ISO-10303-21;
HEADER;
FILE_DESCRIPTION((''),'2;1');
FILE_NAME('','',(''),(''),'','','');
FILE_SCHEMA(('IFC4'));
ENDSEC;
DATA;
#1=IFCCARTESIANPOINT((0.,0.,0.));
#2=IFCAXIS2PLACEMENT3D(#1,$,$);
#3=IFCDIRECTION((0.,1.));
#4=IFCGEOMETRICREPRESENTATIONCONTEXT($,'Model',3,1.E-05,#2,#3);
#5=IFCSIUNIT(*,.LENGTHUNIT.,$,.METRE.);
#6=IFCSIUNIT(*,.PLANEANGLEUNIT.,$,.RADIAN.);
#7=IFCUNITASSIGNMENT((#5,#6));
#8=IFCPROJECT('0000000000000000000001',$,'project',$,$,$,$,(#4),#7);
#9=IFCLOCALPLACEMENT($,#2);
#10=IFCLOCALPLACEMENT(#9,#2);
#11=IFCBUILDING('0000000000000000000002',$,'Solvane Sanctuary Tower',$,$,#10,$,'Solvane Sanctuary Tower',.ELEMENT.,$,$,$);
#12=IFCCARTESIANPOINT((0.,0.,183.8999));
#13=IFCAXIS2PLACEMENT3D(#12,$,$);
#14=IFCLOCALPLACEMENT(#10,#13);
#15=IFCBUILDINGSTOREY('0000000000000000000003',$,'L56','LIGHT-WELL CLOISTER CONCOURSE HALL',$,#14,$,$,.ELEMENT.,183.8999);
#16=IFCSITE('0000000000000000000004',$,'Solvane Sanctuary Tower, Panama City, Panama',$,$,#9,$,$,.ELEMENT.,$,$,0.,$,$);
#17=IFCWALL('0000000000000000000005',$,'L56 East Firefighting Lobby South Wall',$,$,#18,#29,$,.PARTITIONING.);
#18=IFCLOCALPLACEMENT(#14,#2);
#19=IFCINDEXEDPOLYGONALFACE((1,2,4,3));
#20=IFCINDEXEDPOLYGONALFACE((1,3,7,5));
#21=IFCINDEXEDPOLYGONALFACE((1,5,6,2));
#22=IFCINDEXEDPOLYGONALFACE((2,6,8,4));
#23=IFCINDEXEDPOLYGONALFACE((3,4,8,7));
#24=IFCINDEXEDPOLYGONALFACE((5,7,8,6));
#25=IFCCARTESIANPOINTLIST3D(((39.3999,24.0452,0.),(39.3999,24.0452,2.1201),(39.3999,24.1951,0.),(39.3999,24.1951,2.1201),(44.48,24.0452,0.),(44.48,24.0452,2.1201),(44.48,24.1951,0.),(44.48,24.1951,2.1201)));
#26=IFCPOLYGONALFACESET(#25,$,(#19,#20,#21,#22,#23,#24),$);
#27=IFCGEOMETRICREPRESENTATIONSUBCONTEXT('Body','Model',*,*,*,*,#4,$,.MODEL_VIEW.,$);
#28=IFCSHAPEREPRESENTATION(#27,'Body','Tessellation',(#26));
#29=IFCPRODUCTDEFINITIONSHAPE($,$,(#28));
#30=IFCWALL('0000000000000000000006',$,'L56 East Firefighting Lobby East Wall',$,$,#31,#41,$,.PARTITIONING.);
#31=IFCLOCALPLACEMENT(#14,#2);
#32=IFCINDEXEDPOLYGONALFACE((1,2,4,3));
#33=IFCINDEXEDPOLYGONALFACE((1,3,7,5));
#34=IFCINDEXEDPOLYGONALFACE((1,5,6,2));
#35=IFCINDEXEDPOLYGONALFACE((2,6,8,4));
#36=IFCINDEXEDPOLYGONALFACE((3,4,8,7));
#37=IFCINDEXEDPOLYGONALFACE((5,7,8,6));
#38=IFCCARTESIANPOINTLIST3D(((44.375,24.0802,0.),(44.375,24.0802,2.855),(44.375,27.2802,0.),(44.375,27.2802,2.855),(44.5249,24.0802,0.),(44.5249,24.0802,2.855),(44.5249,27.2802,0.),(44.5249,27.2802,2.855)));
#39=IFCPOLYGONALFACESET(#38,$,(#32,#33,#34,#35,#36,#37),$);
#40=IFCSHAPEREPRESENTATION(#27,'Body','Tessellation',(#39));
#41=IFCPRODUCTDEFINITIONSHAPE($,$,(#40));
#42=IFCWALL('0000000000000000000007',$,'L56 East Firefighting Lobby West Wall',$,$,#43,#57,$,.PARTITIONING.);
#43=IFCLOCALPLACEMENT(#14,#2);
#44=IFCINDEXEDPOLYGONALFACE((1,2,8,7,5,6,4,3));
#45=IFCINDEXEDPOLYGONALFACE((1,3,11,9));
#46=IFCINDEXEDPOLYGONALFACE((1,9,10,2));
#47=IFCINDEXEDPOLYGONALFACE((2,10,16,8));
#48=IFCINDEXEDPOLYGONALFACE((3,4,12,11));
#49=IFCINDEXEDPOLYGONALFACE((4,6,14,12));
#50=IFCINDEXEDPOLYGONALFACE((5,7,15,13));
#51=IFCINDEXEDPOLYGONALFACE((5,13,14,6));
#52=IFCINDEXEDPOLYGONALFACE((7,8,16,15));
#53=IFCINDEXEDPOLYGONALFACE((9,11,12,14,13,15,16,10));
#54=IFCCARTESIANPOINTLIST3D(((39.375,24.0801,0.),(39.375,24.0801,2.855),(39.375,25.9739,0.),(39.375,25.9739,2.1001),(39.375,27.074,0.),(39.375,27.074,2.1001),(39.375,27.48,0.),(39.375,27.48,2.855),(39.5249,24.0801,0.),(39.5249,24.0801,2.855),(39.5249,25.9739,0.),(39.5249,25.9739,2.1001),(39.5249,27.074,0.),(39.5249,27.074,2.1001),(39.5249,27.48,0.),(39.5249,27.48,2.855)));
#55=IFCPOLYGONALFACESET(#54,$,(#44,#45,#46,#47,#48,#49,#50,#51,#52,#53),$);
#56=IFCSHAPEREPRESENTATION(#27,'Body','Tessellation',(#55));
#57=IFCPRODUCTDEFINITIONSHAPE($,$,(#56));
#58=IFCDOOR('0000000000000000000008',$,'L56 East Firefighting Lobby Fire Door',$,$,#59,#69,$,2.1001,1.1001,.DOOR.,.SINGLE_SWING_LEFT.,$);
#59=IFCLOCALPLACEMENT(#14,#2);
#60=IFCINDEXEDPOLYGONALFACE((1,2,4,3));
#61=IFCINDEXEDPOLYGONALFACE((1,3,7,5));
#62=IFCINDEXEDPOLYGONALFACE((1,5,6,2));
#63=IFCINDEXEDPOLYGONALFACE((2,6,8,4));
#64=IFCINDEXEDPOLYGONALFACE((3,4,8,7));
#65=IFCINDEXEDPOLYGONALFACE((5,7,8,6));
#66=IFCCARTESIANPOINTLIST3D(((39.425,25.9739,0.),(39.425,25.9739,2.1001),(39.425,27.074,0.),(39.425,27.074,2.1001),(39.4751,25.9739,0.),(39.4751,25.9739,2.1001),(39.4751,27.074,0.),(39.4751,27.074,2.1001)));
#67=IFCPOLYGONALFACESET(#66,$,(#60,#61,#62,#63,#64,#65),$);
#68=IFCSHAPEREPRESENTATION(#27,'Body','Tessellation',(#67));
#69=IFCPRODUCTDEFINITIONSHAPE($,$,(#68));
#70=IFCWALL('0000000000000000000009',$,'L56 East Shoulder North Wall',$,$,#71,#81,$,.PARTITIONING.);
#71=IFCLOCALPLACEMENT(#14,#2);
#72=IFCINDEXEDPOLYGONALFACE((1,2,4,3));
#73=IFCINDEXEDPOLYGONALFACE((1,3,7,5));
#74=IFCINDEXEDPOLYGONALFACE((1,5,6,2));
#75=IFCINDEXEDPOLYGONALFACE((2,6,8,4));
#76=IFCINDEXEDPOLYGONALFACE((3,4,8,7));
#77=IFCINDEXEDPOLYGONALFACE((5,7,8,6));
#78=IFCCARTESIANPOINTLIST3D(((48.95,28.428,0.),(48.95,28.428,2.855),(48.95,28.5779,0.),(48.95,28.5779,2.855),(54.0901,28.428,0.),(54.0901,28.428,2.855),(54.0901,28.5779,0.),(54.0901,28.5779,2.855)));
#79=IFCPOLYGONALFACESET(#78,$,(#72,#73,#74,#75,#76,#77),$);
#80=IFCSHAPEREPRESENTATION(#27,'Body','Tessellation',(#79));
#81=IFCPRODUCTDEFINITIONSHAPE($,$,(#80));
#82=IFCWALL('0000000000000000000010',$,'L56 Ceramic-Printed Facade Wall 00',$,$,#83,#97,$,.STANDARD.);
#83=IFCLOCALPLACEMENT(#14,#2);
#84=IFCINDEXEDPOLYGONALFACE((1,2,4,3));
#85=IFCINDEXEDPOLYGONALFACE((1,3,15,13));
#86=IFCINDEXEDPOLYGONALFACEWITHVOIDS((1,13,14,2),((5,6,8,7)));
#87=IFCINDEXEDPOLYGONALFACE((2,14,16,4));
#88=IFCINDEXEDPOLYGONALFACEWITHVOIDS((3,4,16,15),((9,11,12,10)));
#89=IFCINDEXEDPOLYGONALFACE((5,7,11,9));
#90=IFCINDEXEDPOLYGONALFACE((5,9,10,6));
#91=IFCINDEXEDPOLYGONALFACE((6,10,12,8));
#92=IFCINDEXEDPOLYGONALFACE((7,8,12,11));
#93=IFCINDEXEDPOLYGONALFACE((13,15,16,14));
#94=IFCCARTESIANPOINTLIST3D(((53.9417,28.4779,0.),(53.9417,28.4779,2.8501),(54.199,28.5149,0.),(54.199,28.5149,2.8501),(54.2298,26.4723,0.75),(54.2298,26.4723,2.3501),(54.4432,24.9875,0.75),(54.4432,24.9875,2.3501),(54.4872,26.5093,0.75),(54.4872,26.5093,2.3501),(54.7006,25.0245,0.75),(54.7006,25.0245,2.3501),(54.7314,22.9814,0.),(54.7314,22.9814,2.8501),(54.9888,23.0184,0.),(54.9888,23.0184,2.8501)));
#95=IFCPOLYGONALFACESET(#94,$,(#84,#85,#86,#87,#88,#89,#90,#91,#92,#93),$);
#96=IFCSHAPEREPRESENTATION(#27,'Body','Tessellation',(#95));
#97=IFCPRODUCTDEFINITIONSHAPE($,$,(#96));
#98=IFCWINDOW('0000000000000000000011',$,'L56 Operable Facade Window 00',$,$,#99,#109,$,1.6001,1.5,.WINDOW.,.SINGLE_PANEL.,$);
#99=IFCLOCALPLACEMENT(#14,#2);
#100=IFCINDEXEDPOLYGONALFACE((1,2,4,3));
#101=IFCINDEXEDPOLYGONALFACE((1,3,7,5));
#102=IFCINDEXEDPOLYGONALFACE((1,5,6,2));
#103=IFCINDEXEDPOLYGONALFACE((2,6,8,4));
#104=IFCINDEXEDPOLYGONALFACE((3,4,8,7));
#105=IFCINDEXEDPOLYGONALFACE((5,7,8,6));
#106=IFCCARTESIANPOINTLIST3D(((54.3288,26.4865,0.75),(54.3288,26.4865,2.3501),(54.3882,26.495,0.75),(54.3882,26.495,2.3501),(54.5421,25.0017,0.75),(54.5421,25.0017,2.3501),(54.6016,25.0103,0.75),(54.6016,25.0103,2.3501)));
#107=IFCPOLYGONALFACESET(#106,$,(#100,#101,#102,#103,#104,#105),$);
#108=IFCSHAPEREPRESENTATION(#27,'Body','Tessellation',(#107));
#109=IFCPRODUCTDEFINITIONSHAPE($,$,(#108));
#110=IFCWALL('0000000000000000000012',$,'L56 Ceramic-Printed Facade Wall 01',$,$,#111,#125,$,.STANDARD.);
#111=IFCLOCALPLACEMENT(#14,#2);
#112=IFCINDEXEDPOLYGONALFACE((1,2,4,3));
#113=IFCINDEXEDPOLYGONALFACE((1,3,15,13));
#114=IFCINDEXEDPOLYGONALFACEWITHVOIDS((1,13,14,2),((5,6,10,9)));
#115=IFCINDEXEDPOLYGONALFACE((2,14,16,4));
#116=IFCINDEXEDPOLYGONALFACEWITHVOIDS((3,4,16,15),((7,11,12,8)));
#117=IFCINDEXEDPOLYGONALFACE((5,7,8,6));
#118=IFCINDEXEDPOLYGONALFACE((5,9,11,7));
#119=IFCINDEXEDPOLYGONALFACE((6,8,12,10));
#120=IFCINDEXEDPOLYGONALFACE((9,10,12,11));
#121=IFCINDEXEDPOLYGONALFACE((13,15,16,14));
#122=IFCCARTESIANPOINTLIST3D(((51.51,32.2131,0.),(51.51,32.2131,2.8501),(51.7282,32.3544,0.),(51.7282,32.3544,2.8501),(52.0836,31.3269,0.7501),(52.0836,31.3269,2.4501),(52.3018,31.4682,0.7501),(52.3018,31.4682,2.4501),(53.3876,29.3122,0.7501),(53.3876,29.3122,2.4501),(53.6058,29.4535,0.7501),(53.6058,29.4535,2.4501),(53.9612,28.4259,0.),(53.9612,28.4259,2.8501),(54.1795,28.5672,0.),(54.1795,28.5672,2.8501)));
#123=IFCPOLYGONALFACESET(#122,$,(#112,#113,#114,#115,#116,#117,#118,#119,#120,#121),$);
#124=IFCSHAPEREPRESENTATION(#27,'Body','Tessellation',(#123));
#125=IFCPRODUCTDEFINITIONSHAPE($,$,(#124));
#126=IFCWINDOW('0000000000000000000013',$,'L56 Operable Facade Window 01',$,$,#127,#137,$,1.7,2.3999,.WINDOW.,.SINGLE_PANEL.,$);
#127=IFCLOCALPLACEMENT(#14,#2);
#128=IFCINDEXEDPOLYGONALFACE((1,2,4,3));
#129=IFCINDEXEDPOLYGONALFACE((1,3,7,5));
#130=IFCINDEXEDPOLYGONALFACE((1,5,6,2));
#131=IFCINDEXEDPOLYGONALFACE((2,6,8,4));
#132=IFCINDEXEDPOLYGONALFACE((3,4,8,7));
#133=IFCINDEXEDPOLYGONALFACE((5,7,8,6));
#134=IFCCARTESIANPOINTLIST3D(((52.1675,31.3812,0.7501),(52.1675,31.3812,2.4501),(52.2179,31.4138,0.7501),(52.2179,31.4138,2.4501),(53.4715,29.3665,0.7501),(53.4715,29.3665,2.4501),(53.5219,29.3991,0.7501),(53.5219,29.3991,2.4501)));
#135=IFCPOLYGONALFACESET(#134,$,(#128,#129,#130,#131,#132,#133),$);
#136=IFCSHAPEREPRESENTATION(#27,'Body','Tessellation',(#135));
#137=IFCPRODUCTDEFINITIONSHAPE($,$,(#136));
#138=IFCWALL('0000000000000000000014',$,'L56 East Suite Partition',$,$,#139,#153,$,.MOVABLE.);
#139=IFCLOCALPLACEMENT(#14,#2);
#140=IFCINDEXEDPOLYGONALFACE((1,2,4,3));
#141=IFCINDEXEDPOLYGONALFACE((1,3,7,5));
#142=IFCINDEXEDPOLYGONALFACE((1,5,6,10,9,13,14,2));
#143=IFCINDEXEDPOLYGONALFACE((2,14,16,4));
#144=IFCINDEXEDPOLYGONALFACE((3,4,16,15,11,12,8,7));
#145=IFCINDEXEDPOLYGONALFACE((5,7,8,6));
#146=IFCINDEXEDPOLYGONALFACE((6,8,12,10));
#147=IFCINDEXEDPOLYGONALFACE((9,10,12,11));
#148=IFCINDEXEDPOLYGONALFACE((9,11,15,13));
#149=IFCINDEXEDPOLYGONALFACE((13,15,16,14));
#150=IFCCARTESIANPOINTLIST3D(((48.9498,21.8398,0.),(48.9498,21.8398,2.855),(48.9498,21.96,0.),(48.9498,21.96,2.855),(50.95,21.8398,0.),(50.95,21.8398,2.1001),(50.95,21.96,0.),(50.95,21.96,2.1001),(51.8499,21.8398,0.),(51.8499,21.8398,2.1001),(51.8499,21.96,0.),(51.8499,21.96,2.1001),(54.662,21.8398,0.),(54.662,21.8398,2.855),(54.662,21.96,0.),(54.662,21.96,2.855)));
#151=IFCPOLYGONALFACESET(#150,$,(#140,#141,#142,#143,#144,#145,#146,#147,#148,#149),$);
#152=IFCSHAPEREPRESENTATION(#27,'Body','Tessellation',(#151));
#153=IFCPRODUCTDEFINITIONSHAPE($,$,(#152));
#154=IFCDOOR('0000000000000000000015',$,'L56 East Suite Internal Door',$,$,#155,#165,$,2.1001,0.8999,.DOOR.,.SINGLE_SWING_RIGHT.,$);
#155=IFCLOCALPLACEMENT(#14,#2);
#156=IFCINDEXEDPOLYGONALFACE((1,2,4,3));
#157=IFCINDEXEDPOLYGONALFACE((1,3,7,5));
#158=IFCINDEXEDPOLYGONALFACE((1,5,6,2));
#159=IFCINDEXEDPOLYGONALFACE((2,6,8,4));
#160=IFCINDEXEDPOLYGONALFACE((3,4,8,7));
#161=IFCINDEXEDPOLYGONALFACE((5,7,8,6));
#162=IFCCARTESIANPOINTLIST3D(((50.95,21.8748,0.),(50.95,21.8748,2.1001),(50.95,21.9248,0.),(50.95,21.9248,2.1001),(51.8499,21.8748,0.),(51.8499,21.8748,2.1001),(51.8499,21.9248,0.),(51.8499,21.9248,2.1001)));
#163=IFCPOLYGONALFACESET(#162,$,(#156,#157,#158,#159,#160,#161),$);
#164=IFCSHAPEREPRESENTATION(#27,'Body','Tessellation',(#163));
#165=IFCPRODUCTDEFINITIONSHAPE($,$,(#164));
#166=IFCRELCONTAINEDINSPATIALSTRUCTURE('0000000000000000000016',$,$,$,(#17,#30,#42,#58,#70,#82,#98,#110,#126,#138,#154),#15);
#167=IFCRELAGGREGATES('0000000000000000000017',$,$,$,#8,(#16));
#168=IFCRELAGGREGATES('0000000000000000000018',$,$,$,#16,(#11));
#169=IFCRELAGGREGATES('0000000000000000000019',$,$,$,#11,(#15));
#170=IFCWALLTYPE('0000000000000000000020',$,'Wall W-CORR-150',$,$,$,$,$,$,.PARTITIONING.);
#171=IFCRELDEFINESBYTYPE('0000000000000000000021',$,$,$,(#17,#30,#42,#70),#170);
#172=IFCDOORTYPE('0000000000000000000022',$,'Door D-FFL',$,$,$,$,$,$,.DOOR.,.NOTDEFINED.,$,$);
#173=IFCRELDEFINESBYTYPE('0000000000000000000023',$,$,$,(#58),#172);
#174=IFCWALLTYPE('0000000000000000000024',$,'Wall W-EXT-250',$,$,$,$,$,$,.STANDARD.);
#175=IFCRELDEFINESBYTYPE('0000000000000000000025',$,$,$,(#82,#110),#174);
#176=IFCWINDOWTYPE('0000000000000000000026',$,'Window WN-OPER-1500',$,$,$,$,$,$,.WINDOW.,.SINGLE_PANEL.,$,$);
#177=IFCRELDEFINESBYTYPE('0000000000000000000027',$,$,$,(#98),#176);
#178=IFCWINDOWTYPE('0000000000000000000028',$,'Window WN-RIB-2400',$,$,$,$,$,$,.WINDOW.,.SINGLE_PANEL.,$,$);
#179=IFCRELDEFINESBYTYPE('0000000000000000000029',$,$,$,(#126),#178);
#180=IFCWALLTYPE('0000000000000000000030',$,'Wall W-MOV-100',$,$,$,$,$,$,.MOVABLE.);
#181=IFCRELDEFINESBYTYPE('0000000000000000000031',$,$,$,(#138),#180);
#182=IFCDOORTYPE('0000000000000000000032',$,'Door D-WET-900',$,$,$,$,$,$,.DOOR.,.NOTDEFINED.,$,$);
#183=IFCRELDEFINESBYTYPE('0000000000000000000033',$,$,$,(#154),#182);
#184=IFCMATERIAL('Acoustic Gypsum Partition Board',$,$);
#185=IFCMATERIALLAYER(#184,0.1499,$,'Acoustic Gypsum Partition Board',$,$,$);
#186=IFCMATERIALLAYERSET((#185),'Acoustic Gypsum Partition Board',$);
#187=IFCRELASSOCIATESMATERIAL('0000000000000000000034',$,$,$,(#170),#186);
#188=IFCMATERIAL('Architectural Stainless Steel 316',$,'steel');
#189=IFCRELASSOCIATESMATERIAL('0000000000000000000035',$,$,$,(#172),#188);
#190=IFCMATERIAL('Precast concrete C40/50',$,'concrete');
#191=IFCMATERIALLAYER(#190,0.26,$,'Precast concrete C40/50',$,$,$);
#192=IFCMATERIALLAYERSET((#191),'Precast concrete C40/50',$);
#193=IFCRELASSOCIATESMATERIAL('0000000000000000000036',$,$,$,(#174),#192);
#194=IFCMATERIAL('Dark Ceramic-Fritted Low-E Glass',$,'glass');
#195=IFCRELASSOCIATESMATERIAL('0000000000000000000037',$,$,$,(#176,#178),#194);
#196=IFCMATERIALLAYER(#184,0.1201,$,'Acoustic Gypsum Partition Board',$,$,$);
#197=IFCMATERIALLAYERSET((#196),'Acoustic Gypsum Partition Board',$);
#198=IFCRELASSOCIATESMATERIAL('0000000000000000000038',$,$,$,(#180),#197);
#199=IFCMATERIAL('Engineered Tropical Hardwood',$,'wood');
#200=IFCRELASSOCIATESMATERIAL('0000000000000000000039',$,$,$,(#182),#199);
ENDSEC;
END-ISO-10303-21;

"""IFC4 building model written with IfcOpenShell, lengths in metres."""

from ifc_helpers import new_model, si_unit, direction, frame, frame_2d, origin, place, context, subcontext, project, spatial, rectangle, extrude, material, layer, layer_set, type_object, element, fill, save


model = new_model("IFC4")

# Units and contexts
model_context = context("Model", 3, precision=1e-05, world=origin(), true_north=direction((0.0, 1.0)))
body_context = subcontext(model_context, "Body", "Model", "MODEL_VIEW")
ifc_project = project(units=[si_unit("LENGTHUNIT", "METRE"), si_unit("PLANEANGLEUNIT", "RADIAN")], contexts=[model_context])

# Site, building, storey
site_placement = place(None, origin())
site = spatial("IfcSite", under=ifc_project, at=site_placement, Name="Solvane Sanctuary Tower, Panama City, Panama", CompositionType="ELEMENT", RefElevation=0.0)
building_placement = place(site_placement, origin())
building = spatial("IfcBuilding", under=site, at=building_placement, Name="Solvane Sanctuary Tower", LongName="Solvane Sanctuary Tower", CompositionType="ELEMENT")
storey_placement = place(building_placement, frame((0.0, 0.0, 183.8999)))
storey = spatial("IfcBuildingStorey", under=building, at=storey_placement, Name="L56", Description="LIGHT-WELL CLOISTER CONCOURSE HALL", CompositionType="ELEMENT", Elevation=183.8999)

# Walls
ifc_material_1 = material(Name="Acoustic Gypsum Partition Board")
ifc_layer_1 = layer(ifc_material_1, 0.1499, Name="Acoustic Gypsum Partition Board")
ifc_layer_set_1 = layer_set([ifc_layer_1], Name="Acoustic Gypsum Partition Board")
wall_type_1 = type_object("IfcWallType", Name="Wall W-CORR-150", PredefinedType="PARTITIONING", material=ifc_layer_set_1)
wall_1_placement = place(storey_placement, frame((39.3999, 24.1201, 0.0), z_axis=(0.0, 0.0, 1.0), x_axis=(1.0, 0.0, 0.0)))
element("IfcWall", 1, at=wall_1_placement, inside=storey, type_object=wall_type_1, Name="L56 East Firefighting Lobby South Wall", PredefinedType="PARTITIONING", context=body_context, shape_type="SweptSolid", body=[
    extrude(rectangle(XDim=5.0801, YDim=0.1499, at=frame_2d((2.54, 0.0))), origin(), (0.0, 0.0, 1.0), 2.1201),
])
wall_2_placement = place(storey_placement, frame((44.45, 24.0801, 0.0), z_axis=(0.0, 0.0, 1.0), x_axis=(0.0, 1.0, 0.0)))
element("IfcWall", 2, at=wall_2_placement, inside=storey, type_object=wall_type_1, Name="L56 East Firefighting Lobby East Wall", PredefinedType="PARTITIONING", context=body_context, shape_type="SweptSolid", body=[
    extrude(rectangle(XDim=3.2, YDim=0.1499, at=frame_2d((1.6001, 0.0))), origin(), (0.0, 0.0, 1.0), 2.855),
])

# Wall, opening, door
wall_3_placement = place(storey_placement, frame((39.45, 24.0801, 0.0), z_axis=(0.0, 0.0, 1.0), x_axis=(0.0, 1.0, 0.0)))
wall_3 = element("IfcWall", 3, at=wall_3_placement, inside=storey, type_object=wall_type_1, Name="L56 East Firefighting Lobby West Wall", PredefinedType="PARTITIONING", context=body_context, shape_type="SweptSolid", body=[
    extrude(rectangle(XDim=3.3999, YDim=0.1499, at=frame_2d((1.7, 0.0))), origin(), (0.0, 0.0, 1.0), 2.855),
])
opening_1_placement = place(wall_3_placement, frame((1.8938, 0.0, 0.0)))
opening_1 = element("IfcOpeningElement", 4, at=opening_1_placement, cuts=wall_3, PredefinedType="OPENING", context=body_context, shape_type="SweptSolid", body=[
    extrude(rectangle(XDim=1.1001, YDim=2.1001, at=frame_2d((0.55, 1.05))), frame((0.0, 0.085, 0.0), z_axis=(0.0, -1.0, 0.0), x_axis=(1.0, 0.0, 0.0)), (0.0, 0.0, 1.0), 0.1699),
])
ifc_material_2 = material(Name="Architectural Stainless Steel 316", Category="steel")
door_type_1 = type_object("IfcDoorType", Name="Door D-FFL", OperationType="NOTDEFINED", PredefinedType="DOOR", material=ifc_material_2)
door_1_placement = place(opening_1_placement, origin())
door_1 = element("IfcDoor", 5, at=door_1_placement, inside=storey, type_object=door_type_1, Name="L56 East Firefighting Lobby Fire Door", OperationType="SINGLE_SWING_LEFT", OverallHeight=2.1001, OverallWidth=1.1001, PredefinedType="DOOR", context=body_context, shape_type="SweptSolid", body=[
    extrude(rectangle(XDim=1.1001, YDim=2.1001, at=frame_2d((0.55, 1.05))), frame((0.0, 0.0249, 0.0), z_axis=(0.0, -1.0, 0.0), x_axis=(1.0, 0.0, 0.0)), (0.0, 0.0, 1.0), 0.05),
])
fill(opening_1, door_1)

# Wall
wall_4_placement = place(storey_placement, frame((48.95, 28.5029, 0.0), z_axis=(0.0, 0.0, 1.0), x_axis=(1.0, 0.0, 0.0)))
element("IfcWall", 6, at=wall_4_placement, inside=storey, type_object=wall_type_1, Name="L56 East Shoulder North Wall", PredefinedType="PARTITIONING", context=body_context, shape_type="SweptSolid", body=[
    extrude(rectangle(XDim=5.1401, YDim=0.1499, at=frame_2d((2.5701, 0.0))), origin(), (0.0, 0.0, 1.0), 2.855),
])

# Walls, openings, windows
ifc_material_3 = material(Name="Precast concrete C40/50", Category="concrete")
ifc_layer_2 = layer(ifc_material_3, 0.26, Name="Precast concrete C40/50")
ifc_layer_set_2 = layer_set([ifc_layer_2], Name="Precast concrete C40/50")
wall_type_2 = type_object("IfcWallType", Name="Wall W-EXT-250", PredefinedType="STANDARD", material=ifc_layer_set_2)
wall_5_placement = place(storey_placement, frame((54.8601, 23.0, 0.0), z_axis=(0.0, 0.0, 1.0), x_axis=(-0.142228, 0.989834, 0.0)))
wall_5 = element("IfcWall", 7, at=wall_5_placement, inside=storey, type_object=wall_type_2, Name="L56 Ceramic-Printed Facade Wall 00", PredefinedType="STANDARD", context=body_context, shape_type="SweptSolid", body=[
    extrude(rectangle(XDim=5.553, YDim=0.26, at=frame_2d((2.7764, 0.0))), origin(), (0.0, 0.0, 1.0), 2.8501),
])
opening_2_placement = place(wall_5_placement, frame((2.0266, 0.0, 0.75)))
opening_2 = element("IfcOpeningElement", 8, at=opening_2_placement, cuts=wall_5, PredefinedType="OPENING", context=body_context, shape_type="SweptSolid", body=[
    extrude(rectangle(XDim=1.5, YDim=1.6001, at=frame_2d((0.75, 0.8))), frame((0.0, 0.1399, 0.0), z_axis=(0.0, -1.0, 0.0), x_axis=(1.0, 0.0, 0.0)), (0.0, 0.0, 1.0), 0.28),
])
ifc_material_4 = material(Name="Dark Ceramic-Fritted Low-E Glass", Category="glass")
window_type_1 = type_object("IfcWindowType", Name="Window WN-OPER-1500", PartitioningType="SINGLE_PANEL", PredefinedType="WINDOW", material=ifc_material_4)
window_1_placement = place(opening_2_placement, origin())
window_1 = element("IfcWindow", 9, at=window_1_placement, inside=storey, type_object=window_type_1, Name="L56 Operable Facade Window 00", OverallHeight=1.6001, OverallWidth=1.5, PartitioningType="SINGLE_PANEL", PredefinedType="WINDOW", context=body_context, shape_type="SweptSolid", body=[
    extrude(rectangle(XDim=1.5, YDim=1.6001, at=frame_2d((0.75, 0.8))), frame((0.0, 0.03, 0.0), z_axis=(0.0, -1.0, 0.0), x_axis=(1.0, 0.0, 0.0)), (0.0, 0.0, 1.0), 0.0601),
])
fill(opening_2, window_1)
wall_6_placement = place(storey_placement, frame((54.0703, 28.4966, 0.0), z_axis=(0.0, 0.0, 1.0), x_axis=(-0.543359, 0.8395, 0.0)))
wall_6 = element("IfcWall", 10, at=wall_6_placement, inside=storey, type_object=wall_type_2, Name="L56 Ceramic-Printed Facade Wall 01", PredefinedType="STANDARD", context=body_context, shape_type="SweptSolid", body=[
    extrude(rectangle(XDim=4.5112, YDim=0.26, at=frame_2d((2.2556, 0.0))), origin(), (0.0, 0.0, 1.0), 2.8501),
])
opening_3_placement = place(wall_6_placement, frame((1.0557, 0.0, 0.75)))
opening_3 = element("IfcOpeningElement", 11, at=opening_3_placement, cuts=wall_6, PredefinedType="OPENING", context=body_context, shape_type="SweptSolid", body=[
    extrude(rectangle(XDim=2.3999, YDim=1.7, at=frame_2d((1.2, 0.8501))), frame((0.0, 0.1399, 0.0), z_axis=(0.0, -1.0, 0.0), x_axis=(1.0, 0.0, 0.0)), (0.0, 0.0, 1.0), 0.28),
])
window_type_2 = type_object("IfcWindowType", Name="Window WN-RIB-2400", PartitioningType="SINGLE_PANEL", PredefinedType="WINDOW", material=ifc_material_4)
window_2_placement = place(opening_3_placement, origin())
window_2 = element("IfcWindow", 12, at=window_2_placement, inside=storey, type_object=window_type_2, Name="L56 Operable Facade Window 01", OverallHeight=1.7, OverallWidth=2.3999, PartitioningType="SINGLE_PANEL", PredefinedType="WINDOW", context=body_context, shape_type="SweptSolid", body=[
    extrude(rectangle(XDim=2.3999, YDim=1.7, at=frame_2d((1.2, 0.8501))), frame((0.0, 0.03, 0.0), z_axis=(0.0, -1.0, 0.0), x_axis=(1.0, 0.0, 0.0)), (0.0, 0.0, 1.0), 0.0601),
])
fill(opening_3, window_2)

# Wall, opening, door
ifc_layer_3 = layer(ifc_material_1, 0.1201, Name="Acoustic Gypsum Partition Board")
ifc_layer_set_3 = layer_set([ifc_layer_3], Name="Acoustic Gypsum Partition Board")
wall_type_3 = type_object("IfcWallType", Name="Wall W-MOV-100", PredefinedType="MOVABLE", material=ifc_layer_set_3)
wall_7_placement = place(storey_placement, frame((48.95, 21.8999, 0.0), z_axis=(0.0, 0.0, 1.0), x_axis=(1.0, 0.0, 0.0)))
wall_7 = element("IfcWall", 13, at=wall_7_placement, inside=storey, type_object=wall_type_3, Name="L56 East Suite Partition", PredefinedType="MOVABLE", context=body_context, shape_type="SweptSolid", body=[
    extrude(rectangle(XDim=5.7122, YDim=0.1201, at=frame_2d((2.856, 0.0))), origin(), (0.0, 0.0, 1.0), 2.855),
])
opening_4_placement = place(wall_7_placement, frame((2.0, 0.0, 0.0)))
opening_4 = element("IfcOpeningElement", 14, at=opening_4_placement, cuts=wall_7, PredefinedType="OPENING", context=body_context, shape_type="SweptSolid", body=[
    extrude(rectangle(XDim=0.8999, YDim=2.1001, at=frame_2d((0.45, 1.05))), frame((0.0, 0.0701, 0.0), z_axis=(0.0, -1.0, 0.0), x_axis=(1.0, 0.0, 0.0)), (0.0, 0.0, 1.0), 0.1401),
])
ifc_material_5 = material(Name="Engineered Tropical Hardwood", Category="wood")
door_type_2 = type_object("IfcDoorType", Name="Door D-WET-900", OperationType="NOTDEFINED", PredefinedType="DOOR", material=ifc_material_5)
door_2_placement = place(opening_4_placement, origin())
door_2 = element("IfcDoor", 15, at=door_2_placement, inside=storey, type_object=door_type_2, Name="L56 East Suite Internal Door", OperationType="SINGLE_SWING_RIGHT", OverallHeight=2.1001, OverallWidth=0.8999, PredefinedType="DOOR", context=body_context, shape_type="SweptSolid", body=[
    extrude(rectangle(XDim=0.8999, YDim=2.1001, at=frame_2d((0.45, 1.05))), frame((0.0, 0.0249, 0.0), z_axis=(0.0, -1.0, 0.0), x_axis=(1.0, 0.0, 0.0)), (0.0, 0.0, 1.0), 0.05),
])
fill(opening_4, door_2)

save(model, "model.ifc")
